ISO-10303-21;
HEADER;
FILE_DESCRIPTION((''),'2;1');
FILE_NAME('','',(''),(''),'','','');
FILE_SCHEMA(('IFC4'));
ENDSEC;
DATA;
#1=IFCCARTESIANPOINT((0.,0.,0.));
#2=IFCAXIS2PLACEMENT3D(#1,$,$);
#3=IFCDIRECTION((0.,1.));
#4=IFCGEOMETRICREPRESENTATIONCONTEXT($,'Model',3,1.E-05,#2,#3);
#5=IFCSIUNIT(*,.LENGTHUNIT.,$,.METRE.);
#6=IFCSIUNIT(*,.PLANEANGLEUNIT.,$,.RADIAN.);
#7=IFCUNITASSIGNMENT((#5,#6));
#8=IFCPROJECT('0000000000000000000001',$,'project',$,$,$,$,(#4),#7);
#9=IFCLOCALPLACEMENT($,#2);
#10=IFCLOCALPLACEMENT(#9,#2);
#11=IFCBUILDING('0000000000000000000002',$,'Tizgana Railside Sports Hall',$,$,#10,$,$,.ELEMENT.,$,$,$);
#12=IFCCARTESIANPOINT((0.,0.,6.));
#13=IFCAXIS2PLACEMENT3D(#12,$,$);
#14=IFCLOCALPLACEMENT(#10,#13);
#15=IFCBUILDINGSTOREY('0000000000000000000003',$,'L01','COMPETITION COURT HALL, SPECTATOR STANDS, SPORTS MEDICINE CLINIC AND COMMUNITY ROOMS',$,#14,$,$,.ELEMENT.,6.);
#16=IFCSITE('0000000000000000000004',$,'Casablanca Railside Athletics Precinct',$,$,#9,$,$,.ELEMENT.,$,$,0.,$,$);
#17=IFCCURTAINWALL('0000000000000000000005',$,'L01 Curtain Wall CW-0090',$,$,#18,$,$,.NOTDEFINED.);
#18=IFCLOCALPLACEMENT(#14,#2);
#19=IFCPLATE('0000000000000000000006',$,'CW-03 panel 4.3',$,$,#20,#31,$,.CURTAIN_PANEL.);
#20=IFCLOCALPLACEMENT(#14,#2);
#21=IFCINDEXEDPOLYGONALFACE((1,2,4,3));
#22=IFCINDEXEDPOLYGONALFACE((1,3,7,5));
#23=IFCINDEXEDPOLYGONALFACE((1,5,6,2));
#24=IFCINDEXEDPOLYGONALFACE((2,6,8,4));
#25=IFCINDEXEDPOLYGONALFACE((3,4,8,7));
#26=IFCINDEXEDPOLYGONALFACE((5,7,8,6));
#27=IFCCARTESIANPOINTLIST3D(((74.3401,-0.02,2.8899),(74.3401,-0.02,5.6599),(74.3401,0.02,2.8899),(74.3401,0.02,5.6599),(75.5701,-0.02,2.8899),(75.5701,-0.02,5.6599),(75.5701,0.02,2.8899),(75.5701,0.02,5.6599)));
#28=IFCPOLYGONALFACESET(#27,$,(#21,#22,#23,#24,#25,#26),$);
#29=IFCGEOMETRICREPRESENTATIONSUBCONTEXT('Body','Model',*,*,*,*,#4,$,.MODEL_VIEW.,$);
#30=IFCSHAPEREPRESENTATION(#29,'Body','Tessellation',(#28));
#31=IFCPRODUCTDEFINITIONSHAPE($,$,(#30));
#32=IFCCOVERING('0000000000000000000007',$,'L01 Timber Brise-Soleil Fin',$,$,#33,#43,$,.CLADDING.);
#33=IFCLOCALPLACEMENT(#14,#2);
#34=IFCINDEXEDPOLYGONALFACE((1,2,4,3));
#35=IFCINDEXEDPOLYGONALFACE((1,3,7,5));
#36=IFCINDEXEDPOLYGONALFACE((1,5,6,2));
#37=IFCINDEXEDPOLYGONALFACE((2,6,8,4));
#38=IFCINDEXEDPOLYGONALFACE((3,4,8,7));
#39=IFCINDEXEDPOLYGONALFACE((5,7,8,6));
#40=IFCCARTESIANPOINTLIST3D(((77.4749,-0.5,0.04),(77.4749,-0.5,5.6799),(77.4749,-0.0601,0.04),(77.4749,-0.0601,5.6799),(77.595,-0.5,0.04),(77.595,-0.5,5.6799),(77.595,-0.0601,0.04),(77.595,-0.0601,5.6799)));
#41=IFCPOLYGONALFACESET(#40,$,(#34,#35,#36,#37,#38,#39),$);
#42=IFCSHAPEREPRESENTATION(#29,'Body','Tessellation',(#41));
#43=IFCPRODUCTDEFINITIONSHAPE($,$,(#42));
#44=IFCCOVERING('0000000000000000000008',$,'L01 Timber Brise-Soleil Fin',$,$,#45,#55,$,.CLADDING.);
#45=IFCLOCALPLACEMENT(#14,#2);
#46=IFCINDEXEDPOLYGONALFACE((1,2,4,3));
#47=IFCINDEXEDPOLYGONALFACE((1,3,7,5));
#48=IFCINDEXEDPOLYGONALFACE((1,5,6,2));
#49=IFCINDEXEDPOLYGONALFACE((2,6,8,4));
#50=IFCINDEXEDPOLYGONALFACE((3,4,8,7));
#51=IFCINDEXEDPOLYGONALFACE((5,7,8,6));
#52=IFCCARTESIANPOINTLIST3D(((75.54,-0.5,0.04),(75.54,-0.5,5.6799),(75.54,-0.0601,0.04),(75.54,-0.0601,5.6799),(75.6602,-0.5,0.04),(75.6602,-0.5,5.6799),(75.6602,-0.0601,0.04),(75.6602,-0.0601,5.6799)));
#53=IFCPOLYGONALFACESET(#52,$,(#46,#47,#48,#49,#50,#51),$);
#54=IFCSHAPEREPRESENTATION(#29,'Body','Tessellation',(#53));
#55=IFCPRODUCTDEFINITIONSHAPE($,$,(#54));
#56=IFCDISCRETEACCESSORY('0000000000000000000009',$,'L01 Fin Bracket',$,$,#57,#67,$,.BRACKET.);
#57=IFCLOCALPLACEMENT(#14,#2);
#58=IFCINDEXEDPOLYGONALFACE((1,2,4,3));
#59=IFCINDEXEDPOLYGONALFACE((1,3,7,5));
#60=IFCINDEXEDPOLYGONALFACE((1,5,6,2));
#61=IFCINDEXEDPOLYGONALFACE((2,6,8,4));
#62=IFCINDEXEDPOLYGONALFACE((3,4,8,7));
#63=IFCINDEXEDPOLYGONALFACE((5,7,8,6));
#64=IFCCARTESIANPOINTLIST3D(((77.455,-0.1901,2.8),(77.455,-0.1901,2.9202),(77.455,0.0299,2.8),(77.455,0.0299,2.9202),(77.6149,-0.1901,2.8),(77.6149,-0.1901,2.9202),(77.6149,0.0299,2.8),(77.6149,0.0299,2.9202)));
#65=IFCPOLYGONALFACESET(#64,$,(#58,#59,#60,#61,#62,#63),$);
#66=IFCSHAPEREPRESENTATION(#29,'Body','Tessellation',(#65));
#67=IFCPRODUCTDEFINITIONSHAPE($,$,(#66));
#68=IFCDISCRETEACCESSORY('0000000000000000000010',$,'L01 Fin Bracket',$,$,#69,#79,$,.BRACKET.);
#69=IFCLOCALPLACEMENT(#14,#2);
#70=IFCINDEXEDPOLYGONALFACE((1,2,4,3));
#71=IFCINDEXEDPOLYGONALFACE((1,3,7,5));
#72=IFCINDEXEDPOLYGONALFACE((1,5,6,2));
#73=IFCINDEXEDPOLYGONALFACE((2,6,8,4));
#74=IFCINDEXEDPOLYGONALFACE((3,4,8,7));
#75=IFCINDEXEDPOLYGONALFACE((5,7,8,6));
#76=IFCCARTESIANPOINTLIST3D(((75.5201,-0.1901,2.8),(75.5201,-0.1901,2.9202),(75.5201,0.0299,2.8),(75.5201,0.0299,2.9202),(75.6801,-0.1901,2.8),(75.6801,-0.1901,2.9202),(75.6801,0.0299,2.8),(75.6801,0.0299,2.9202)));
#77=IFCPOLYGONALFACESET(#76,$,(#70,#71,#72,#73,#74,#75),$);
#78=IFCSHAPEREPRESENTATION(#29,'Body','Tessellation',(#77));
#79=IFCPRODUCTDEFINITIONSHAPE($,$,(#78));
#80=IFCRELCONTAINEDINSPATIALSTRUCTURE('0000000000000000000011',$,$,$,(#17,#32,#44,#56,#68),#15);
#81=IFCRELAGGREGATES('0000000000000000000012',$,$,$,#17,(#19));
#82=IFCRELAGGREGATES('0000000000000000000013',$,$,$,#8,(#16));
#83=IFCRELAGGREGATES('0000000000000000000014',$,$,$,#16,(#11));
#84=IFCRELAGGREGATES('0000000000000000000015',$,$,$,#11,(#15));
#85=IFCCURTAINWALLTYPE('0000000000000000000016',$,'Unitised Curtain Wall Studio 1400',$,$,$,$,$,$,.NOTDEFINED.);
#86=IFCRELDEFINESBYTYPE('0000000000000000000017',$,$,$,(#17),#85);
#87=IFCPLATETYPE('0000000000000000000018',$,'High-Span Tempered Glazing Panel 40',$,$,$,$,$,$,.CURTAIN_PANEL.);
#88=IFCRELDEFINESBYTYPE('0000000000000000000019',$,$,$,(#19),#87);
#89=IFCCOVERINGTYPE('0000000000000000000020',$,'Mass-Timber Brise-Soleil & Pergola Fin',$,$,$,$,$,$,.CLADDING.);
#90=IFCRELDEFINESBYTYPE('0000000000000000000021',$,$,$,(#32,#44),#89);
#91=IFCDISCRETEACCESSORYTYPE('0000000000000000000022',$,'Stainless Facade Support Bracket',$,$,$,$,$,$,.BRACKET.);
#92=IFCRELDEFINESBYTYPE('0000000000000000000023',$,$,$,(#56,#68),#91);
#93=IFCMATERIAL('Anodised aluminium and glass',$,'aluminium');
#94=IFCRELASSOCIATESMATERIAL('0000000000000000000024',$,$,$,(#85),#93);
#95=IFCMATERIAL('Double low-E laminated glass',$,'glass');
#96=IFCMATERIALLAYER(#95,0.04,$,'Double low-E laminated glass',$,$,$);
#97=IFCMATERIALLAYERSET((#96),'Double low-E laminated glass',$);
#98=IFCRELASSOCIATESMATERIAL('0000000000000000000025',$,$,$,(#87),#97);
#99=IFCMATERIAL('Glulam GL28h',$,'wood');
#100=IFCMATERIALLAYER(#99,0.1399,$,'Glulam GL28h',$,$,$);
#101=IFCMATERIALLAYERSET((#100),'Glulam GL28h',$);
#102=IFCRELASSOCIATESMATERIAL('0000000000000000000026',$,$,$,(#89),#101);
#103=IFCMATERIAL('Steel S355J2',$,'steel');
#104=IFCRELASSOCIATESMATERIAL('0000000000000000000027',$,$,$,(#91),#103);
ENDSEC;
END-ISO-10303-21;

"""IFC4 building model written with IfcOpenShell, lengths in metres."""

from ifc_helpers import new_model, si_unit, direction, frame, origin, origin_2d, place, context, subcontext, project, spatial, rectangle, extrude, material, layer, layer_set, type_object, element, aggregate, save


model = new_model("IFC4")

# Units and contexts
model_context = context("Model", 3, precision=1e-05, world=origin(), true_north=direction((0.0, 1.0)))
body_context = subcontext(model_context, "Body", "Model", "MODEL_VIEW")
ifc_project = project(units=[si_unit("LENGTHUNIT", "METRE"), si_unit("PLANEANGLEUNIT", "RADIAN")], contexts=[model_context])

# Site, building, storey
site_placement = place(None, origin())
site = spatial("IfcSite", under=ifc_project, at=site_placement, Name="Casablanca Railside Athletics Precinct", CompositionType="ELEMENT", RefElevation=0.0)
building_placement = place(site_placement, origin())
building = spatial("IfcBuilding", under=site, at=building_placement, Name="Tizgana Railside Sports Hall", CompositionType="ELEMENT")
storey_placement = place(building_placement, frame((0.0, 0.0, 6.0)))
storey = spatial("IfcBuildingStorey", under=building, at=storey_placement, Name="L01", Description="COMPETITION COURT HALL, SPECTATOR STANDS, SPORTS MEDICINE CLINIC AND COMMUNITY ROOMS", CompositionType="ELEMENT", Elevation=6.0)

# Curtain wall, plate
ifc_material_1 = material(Name="Anodised aluminium and glass", Category="aluminium")
curtain_wall_type = type_object("IfcCurtainWallType", Name="Unitised Curtain Wall Studio 1400", PredefinedType="NOTDEFINED", material=ifc_material_1)
curtain_wall_placement = place(storey_placement, origin())
curtain_wall = element("IfcCurtainWall", 1, at=curtain_wall_placement, inside=storey, type_object=curtain_wall_type, Name="L01 Curtain Wall CW-0090", PredefinedType="NOTDEFINED")
ifc_material_2 = material(Name="Double low-E laminated glass", Category="glass")
ifc_layer_1 = layer(ifc_material_2, 0.04, Name="Double low-E laminated glass")
ifc_layer_set_1 = layer_set([ifc_layer_1], Name="Double low-E laminated glass")
plate_type = type_object("IfcPlateType", Name="High-Span Tempered Glazing Panel 40", PredefinedType="CURTAIN_PANEL", material=ifc_layer_set_1)
plate_1_placement = place(storey_placement, frame((74.9551, 0.0, 2.8899), z_axis=(0.0, 0.0, 1.0), x_axis=(-1.0, 0.0, 0.0)))
plate_1 = element("IfcPlate", 2, at=plate_1_placement, type_object=plate_type, Name="CW-03 panel 4.3", PredefinedType="CURTAIN_PANEL", context=body_context, shape_type="SweptSolid", body=[
    extrude(rectangle(XDim=1.23, YDim=0.04, at=origin_2d()), origin(), (0.0, 0.0, 1.0), 2.77),
])
aggregate(curtain_wall, [plate_1])

# Coverings
ifc_material_3 = material(Name="Glulam GL28h", Category="wood")
ifc_layer_2 = layer(ifc_material_3, 0.1399, Name="Glulam GL28h")
ifc_layer_set_2 = layer_set([ifc_layer_2], Name="Glulam GL28h")
covering_type = type_object("IfcCoveringType", Name="Mass-Timber Brise-Soleil & Pergola Fin", PredefinedType="CLADDING", material=ifc_layer_set_2)
for number, where, z_axis, x_axis, name in (
    (3, (77.5349, -0.28, 0.04), (0.0, 0.0, 1.0), (-1.0, 0.0, 0.0), "L01 Timber Brise-Soleil Fin"),
    (4, (75.6001, -0.28, 0.04), (0.0, 0.0, 1.0), (-1.0, 0.0, 0.0), "L01 Timber Brise-Soleil Fin"),
):
    element("IfcCovering", number, at=place(storey_placement, frame(where, z_axis=z_axis, x_axis=x_axis)), inside=storey, type_object=covering_type, Name=name, PredefinedType="CLADDING", context=body_context, shape_type="SweptSolid", body=[
        extrude(rectangle(XDim=0.1201, YDim=0.4399, at=origin_2d()), origin(), (0.0, 0.0, 1.0), 5.6399),
    ])

# Discrete accessories
ifc_material_4 = material(Name="Steel S355J2", Category="steel")
discrete_accessory_type = type_object("IfcDiscreteAccessoryType", Name="Stainless Facade Support Bracket", PredefinedType="BRACKET", material=ifc_material_4)
for number, where, z_axis, x_axis, name in (
    (5, (77.5349, -0.0801, 2.8), (0.0, 0.0, 1.0), (-1.0, 0.0, 0.0), "L01 Fin Bracket"),
    (6, (75.6001, -0.0801, 2.8), (0.0, 0.0, 1.0), (-1.0, 0.0, 0.0), "L01 Fin Bracket"),
):
    element("IfcDiscreteAccessory", number, at=place(storey_placement, frame(where, z_axis=z_axis, x_axis=x_axis)), inside=storey, type_object=discrete_accessory_type, Name=name, PredefinedType="BRACKET", context=body_context, shape_type="SweptSolid", body=[
        extrude(rectangle(XDim=0.1599, YDim=0.22, at=origin_2d()), origin(), (0.0, 0.0, 1.0), 0.1201),
    ])

save(model, "model.ifc")
